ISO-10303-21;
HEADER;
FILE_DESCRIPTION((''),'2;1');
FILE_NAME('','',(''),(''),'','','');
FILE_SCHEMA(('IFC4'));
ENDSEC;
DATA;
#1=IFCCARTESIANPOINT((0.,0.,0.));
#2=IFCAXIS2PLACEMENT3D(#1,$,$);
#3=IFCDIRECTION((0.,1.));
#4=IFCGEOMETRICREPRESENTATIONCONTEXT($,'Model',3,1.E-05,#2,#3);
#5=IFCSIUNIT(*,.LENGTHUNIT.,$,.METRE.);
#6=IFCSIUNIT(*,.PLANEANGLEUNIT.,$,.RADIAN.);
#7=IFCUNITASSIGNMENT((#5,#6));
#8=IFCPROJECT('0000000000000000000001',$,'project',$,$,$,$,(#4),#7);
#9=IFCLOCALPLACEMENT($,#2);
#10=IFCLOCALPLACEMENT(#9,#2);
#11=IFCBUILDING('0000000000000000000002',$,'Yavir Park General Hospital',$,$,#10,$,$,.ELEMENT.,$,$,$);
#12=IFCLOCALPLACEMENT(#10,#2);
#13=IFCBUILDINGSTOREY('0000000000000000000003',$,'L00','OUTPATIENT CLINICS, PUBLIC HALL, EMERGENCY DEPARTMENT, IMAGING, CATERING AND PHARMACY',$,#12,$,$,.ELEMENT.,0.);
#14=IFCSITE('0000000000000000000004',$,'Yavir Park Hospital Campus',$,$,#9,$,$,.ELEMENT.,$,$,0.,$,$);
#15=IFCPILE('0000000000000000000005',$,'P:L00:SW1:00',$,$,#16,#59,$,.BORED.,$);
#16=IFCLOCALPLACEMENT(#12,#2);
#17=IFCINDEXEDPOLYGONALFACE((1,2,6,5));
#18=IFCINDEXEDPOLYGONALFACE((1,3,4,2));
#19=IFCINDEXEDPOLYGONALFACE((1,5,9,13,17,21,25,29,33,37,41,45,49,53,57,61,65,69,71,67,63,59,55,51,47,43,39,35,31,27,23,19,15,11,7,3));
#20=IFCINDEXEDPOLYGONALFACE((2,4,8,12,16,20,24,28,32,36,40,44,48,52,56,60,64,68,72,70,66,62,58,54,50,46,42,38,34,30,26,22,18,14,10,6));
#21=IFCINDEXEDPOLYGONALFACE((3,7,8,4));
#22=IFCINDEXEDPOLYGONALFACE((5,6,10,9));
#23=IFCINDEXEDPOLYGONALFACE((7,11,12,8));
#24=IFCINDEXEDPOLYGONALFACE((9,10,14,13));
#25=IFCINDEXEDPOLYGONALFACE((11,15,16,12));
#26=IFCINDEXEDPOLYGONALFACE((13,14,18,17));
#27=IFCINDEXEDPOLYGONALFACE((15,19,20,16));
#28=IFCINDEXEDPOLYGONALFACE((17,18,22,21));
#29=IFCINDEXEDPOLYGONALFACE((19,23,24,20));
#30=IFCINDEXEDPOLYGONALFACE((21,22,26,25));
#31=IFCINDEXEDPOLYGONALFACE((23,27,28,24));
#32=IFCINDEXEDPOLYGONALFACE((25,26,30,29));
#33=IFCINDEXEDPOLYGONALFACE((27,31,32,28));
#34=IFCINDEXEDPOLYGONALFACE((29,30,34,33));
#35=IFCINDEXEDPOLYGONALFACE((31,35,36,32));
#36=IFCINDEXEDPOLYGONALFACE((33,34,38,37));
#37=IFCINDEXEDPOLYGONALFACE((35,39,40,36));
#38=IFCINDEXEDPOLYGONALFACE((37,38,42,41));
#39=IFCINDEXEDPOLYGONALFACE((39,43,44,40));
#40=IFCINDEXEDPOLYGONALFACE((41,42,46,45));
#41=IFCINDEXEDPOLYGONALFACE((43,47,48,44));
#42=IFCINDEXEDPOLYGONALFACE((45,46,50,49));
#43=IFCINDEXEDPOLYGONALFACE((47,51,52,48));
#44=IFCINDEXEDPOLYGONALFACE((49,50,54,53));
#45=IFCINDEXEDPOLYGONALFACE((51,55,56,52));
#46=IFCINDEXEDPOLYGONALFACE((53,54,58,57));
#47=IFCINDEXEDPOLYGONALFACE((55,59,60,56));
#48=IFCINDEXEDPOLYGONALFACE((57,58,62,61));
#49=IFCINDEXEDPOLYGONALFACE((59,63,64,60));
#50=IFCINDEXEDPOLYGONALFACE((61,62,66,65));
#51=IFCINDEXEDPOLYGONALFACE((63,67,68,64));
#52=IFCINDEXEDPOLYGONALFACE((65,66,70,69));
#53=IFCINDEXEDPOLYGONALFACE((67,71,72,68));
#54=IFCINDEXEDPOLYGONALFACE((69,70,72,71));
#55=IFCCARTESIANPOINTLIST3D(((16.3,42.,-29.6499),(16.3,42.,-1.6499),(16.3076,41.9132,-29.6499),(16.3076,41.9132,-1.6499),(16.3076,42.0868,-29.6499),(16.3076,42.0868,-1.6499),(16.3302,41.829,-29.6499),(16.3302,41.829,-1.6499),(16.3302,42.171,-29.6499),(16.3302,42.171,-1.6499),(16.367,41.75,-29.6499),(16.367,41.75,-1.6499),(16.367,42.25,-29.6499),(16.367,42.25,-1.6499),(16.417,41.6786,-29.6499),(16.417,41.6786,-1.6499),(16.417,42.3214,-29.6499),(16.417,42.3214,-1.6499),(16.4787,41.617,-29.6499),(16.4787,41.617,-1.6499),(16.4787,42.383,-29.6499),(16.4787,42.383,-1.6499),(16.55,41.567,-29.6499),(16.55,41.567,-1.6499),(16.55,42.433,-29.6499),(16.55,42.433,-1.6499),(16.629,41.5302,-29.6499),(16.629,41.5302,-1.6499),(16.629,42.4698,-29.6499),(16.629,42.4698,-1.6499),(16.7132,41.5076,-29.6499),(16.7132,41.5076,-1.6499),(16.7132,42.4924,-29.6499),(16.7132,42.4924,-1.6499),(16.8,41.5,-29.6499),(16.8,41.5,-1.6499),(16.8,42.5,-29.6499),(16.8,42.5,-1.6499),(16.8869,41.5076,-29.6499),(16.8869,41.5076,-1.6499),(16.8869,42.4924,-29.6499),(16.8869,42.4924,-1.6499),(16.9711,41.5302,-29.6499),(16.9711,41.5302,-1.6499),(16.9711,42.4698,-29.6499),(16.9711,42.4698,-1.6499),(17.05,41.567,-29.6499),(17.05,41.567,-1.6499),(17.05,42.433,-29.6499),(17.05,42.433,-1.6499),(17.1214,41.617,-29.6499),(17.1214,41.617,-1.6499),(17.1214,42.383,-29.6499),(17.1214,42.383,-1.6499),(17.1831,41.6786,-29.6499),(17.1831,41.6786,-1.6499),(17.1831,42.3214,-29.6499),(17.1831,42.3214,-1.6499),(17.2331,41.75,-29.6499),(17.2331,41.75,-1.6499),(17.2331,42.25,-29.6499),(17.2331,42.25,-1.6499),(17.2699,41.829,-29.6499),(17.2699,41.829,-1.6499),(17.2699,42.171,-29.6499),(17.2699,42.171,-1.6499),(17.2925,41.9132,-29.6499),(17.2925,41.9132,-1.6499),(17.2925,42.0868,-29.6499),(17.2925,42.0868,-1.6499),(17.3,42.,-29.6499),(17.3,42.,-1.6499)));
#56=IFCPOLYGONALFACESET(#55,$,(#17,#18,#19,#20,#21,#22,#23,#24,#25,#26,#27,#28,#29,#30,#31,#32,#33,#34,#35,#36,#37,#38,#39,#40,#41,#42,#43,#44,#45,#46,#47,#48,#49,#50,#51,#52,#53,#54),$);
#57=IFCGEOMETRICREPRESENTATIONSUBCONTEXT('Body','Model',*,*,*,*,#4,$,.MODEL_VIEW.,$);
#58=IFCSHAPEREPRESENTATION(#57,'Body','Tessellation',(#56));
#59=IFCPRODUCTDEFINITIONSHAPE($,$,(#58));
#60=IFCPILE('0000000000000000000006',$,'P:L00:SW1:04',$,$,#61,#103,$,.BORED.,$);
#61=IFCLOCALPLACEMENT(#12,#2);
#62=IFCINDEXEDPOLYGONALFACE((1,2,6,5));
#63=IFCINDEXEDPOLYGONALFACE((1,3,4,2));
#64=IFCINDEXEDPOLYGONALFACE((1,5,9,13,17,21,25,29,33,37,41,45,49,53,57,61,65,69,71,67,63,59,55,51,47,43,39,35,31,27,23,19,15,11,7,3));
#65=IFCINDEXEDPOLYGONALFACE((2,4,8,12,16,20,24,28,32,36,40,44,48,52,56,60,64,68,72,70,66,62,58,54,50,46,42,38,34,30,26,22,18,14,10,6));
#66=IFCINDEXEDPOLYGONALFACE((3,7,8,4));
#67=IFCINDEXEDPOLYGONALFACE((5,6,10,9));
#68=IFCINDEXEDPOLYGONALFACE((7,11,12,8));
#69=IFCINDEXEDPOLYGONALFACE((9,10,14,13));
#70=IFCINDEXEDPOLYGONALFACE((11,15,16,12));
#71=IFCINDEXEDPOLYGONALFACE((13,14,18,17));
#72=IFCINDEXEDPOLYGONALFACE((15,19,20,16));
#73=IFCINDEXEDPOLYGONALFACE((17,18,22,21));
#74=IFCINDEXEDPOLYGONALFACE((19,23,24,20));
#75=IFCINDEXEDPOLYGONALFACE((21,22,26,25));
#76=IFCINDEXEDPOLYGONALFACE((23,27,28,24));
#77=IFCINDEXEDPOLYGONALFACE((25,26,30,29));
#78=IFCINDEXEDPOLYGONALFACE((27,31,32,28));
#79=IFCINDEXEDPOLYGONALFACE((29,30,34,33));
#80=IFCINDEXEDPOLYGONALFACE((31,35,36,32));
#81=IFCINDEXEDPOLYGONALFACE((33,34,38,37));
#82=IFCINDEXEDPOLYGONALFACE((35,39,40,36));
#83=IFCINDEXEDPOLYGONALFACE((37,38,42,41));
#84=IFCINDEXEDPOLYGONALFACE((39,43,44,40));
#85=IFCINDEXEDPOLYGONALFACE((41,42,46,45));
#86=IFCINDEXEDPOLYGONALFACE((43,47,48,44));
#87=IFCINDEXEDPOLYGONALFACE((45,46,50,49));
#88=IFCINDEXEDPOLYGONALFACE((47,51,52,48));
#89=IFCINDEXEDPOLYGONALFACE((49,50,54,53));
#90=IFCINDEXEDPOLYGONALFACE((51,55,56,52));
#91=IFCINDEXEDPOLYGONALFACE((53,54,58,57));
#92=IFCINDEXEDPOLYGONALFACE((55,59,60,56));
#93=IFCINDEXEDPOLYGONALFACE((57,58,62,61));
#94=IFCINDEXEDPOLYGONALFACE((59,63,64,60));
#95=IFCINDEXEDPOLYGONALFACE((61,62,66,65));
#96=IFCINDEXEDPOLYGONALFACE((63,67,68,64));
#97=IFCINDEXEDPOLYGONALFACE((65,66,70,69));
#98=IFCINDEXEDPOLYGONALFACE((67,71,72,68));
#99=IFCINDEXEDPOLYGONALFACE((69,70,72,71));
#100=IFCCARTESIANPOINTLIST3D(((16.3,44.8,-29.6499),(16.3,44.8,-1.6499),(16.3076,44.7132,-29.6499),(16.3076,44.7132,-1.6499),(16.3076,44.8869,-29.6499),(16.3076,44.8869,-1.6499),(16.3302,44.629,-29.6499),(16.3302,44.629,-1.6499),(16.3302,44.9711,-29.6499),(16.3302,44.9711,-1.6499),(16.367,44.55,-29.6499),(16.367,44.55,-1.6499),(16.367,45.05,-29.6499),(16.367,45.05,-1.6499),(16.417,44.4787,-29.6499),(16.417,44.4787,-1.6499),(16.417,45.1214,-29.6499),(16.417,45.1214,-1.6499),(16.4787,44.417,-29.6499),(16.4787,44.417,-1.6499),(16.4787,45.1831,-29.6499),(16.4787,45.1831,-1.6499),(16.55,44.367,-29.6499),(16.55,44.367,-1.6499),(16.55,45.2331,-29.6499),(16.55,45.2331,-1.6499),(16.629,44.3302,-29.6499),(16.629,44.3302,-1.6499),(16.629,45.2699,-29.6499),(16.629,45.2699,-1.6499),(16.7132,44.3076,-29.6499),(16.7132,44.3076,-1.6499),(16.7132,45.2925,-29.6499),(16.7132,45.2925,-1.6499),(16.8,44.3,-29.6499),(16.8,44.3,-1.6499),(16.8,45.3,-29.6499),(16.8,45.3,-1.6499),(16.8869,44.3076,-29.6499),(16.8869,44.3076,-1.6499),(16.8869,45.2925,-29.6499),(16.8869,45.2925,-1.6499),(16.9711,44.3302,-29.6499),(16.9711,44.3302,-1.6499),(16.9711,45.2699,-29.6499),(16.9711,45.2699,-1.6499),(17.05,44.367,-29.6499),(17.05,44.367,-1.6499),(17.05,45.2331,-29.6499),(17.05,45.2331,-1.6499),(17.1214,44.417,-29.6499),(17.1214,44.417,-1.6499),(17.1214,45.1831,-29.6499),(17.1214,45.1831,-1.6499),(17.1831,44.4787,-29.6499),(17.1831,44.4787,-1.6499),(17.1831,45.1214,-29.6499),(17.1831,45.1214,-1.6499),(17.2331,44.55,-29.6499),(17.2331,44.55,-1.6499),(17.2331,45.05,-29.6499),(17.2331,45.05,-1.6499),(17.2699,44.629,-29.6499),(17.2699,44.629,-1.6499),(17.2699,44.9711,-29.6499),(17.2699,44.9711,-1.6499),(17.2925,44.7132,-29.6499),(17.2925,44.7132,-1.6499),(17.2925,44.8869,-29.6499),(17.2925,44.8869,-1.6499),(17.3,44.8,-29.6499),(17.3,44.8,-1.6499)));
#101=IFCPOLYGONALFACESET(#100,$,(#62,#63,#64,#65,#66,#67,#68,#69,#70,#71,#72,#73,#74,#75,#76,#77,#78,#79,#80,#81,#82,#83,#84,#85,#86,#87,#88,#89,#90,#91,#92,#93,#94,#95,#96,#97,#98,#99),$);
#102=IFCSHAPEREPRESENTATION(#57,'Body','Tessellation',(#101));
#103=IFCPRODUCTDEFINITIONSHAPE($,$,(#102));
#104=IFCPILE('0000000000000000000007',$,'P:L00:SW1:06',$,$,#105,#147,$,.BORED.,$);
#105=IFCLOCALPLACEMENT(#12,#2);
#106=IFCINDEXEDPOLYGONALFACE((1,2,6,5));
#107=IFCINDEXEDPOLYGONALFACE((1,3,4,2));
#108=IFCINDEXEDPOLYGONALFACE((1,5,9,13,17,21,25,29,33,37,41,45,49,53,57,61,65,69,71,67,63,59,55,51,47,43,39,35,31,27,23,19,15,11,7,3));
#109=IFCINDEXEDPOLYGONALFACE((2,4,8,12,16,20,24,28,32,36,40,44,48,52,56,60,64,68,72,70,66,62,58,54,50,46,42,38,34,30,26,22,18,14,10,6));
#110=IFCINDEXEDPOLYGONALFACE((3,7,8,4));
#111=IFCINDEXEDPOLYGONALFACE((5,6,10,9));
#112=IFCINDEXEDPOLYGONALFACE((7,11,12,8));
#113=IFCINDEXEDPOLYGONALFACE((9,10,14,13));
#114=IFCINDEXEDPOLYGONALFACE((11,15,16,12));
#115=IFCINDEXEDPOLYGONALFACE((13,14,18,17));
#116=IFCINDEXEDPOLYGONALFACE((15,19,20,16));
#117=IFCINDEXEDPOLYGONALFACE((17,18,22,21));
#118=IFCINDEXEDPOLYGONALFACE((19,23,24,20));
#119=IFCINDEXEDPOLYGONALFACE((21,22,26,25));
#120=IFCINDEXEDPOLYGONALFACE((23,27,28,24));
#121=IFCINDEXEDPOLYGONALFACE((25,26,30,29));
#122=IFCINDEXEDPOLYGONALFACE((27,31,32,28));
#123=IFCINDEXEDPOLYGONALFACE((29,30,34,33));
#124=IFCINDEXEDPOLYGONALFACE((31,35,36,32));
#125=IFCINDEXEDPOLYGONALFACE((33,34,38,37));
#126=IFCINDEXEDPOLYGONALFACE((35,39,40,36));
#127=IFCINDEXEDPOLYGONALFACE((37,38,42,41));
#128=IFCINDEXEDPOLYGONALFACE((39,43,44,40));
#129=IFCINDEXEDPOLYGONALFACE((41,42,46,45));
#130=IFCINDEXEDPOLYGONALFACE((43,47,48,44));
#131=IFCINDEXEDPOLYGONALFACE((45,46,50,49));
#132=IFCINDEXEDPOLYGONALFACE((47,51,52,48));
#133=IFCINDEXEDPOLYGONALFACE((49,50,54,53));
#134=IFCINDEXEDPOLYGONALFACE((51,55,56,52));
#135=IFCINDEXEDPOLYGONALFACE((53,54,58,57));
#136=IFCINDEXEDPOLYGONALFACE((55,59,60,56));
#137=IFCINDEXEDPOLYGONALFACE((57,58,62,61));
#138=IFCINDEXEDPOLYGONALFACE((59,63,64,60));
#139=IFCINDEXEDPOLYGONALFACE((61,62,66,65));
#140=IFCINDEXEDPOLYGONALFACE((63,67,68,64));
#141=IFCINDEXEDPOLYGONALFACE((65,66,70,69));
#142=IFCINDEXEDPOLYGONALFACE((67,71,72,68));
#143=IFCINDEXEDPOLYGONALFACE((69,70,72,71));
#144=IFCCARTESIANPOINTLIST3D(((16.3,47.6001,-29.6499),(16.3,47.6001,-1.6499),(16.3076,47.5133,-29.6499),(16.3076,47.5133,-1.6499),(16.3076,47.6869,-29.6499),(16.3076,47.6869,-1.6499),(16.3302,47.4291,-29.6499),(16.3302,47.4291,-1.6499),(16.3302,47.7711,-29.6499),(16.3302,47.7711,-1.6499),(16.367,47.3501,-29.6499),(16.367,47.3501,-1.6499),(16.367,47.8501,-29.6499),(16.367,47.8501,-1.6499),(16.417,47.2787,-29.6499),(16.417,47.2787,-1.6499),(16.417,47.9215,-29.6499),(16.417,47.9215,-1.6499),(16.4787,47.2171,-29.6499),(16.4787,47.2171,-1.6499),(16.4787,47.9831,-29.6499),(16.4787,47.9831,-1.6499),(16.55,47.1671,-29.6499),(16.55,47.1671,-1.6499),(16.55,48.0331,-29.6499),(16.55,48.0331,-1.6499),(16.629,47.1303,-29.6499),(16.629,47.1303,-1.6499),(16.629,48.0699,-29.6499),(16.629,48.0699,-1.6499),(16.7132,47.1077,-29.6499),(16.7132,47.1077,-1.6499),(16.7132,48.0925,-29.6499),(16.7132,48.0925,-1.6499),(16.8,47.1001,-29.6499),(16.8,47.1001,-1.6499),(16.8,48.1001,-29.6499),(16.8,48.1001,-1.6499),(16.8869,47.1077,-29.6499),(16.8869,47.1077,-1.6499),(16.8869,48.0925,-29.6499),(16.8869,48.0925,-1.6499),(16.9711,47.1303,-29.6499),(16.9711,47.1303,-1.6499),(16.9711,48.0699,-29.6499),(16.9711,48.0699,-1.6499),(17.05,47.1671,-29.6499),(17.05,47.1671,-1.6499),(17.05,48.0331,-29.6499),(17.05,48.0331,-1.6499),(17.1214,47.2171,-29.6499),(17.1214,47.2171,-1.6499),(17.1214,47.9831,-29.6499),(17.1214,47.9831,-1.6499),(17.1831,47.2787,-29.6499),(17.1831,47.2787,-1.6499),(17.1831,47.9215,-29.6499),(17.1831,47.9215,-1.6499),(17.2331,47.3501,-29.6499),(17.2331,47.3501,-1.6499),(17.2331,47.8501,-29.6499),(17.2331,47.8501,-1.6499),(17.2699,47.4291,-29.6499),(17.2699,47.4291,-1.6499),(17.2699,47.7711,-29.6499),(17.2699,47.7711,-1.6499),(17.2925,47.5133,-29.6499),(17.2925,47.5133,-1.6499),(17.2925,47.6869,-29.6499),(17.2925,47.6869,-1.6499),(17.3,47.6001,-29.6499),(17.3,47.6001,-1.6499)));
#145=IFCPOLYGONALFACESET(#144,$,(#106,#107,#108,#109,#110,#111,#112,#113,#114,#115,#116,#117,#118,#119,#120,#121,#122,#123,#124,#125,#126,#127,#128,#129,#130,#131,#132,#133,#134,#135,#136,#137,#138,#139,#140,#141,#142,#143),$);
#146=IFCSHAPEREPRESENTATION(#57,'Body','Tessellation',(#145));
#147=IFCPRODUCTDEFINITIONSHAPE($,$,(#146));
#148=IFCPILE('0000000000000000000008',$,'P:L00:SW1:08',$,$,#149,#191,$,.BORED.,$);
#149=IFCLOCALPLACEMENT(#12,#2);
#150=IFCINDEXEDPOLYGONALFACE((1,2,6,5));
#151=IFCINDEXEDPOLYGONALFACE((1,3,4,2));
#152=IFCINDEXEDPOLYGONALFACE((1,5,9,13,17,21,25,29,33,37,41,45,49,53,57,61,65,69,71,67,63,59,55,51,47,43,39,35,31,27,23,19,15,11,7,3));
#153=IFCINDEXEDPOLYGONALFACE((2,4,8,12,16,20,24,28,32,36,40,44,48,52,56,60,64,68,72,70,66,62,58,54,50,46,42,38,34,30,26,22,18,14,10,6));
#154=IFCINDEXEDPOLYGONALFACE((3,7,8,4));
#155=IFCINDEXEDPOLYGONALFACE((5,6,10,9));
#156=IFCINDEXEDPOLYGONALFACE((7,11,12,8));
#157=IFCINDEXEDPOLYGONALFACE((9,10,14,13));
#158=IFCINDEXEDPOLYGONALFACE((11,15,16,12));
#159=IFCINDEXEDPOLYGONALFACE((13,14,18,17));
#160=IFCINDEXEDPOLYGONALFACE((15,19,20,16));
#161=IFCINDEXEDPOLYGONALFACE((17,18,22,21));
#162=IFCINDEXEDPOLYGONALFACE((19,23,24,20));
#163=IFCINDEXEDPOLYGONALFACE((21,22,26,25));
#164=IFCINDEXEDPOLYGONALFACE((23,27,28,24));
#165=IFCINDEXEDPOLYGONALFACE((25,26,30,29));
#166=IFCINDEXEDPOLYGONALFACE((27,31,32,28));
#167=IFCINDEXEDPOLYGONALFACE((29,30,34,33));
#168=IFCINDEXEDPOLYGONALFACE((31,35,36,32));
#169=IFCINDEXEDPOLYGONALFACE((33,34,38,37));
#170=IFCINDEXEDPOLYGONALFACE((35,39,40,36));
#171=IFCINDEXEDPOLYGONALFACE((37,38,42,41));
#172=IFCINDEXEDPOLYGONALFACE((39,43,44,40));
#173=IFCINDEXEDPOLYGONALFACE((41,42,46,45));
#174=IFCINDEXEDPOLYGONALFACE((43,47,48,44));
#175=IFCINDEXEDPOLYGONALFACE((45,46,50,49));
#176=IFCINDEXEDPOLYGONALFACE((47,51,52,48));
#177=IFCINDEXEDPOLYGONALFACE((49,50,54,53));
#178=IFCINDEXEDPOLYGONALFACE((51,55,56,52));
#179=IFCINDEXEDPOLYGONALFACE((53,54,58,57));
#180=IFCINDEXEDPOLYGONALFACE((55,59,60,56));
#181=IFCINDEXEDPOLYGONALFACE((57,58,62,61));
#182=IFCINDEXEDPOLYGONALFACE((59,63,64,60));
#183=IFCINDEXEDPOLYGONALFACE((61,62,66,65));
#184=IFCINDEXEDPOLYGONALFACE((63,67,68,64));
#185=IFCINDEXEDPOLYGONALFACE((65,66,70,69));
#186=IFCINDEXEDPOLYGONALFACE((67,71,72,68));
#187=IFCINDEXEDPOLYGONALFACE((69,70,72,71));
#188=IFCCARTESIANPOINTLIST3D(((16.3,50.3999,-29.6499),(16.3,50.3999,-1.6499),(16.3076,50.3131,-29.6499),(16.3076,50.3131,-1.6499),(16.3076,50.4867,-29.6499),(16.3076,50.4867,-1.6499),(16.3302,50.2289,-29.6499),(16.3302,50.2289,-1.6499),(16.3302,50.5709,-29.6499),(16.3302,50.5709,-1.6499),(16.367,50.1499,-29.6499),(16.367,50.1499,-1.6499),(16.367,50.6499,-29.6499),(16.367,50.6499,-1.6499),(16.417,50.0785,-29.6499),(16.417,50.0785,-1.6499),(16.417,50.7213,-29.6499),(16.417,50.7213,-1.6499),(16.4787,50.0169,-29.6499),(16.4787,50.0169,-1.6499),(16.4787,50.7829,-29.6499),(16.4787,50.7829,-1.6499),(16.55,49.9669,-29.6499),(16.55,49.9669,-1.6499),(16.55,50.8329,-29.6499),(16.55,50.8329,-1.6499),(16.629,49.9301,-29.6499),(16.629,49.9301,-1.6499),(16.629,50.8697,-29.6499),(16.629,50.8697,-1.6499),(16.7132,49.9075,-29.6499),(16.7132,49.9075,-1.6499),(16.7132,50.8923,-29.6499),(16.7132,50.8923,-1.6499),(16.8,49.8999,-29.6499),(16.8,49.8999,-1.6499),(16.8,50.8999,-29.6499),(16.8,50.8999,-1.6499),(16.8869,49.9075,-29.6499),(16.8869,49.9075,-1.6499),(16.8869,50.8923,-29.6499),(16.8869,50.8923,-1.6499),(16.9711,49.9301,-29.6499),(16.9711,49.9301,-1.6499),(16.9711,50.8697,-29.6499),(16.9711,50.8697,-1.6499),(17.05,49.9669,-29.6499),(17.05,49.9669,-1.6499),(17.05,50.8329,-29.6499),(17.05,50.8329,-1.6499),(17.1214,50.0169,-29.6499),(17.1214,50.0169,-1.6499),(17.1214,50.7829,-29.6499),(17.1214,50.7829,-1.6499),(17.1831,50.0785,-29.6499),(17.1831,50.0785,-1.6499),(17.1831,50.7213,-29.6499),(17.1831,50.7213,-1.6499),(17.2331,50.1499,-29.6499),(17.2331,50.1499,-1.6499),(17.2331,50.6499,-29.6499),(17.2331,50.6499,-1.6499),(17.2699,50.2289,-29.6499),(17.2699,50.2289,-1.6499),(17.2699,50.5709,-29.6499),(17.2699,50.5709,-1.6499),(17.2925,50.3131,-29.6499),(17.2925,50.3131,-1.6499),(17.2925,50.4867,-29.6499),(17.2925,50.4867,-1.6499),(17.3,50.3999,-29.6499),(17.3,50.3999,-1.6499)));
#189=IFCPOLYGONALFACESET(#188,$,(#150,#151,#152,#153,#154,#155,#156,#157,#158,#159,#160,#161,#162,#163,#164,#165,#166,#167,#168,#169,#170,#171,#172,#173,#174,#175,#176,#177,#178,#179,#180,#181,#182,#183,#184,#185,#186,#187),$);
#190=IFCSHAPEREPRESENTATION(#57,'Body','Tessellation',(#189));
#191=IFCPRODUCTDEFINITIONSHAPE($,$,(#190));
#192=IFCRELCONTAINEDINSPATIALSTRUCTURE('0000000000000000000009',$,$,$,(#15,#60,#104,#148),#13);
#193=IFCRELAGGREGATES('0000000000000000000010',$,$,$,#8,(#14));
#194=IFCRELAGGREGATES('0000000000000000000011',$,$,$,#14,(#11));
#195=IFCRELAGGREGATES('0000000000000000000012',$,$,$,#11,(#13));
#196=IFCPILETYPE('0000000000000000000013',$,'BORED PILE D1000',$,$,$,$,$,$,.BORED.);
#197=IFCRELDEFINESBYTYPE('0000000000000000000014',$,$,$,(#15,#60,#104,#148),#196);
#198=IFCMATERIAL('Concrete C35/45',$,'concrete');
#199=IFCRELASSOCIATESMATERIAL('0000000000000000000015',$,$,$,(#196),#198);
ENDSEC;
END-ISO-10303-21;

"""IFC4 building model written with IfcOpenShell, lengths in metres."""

from ifc_helpers import new_model, si_unit, direction, frame, origin, origin_2d, place, context, subcontext, project, spatial, circle, extrude, material, material_profile, profile_set, type_object, element, save


model = new_model("IFC4")

# Units and contexts
model_context = context("Model", 3, precision=1e-05, world=origin(), true_north=direction((0.0, 1.0)))
body_context = subcontext(model_context, "Body", "Model", "MODEL_VIEW")
ifc_project = project(units=[si_unit("LENGTHUNIT", "METRE"), si_unit("PLANEANGLEUNIT", "RADIAN")], contexts=[model_context])

# Site, building, storey
site_placement = place(None, origin())
site = spatial("IfcSite", under=ifc_project, at=site_placement, Name="Yavir Park Hospital Campus", CompositionType="ELEMENT", RefElevation=0.0)
building_placement = place(site_placement, origin())
building = spatial("IfcBuilding", under=site, at=building_placement, Name="Yavir Park General Hospital", CompositionType="ELEMENT")
storey_placement = place(building_placement, origin())
storey = spatial("IfcBuildingStorey", under=building, at=storey_placement, Name="L00", Description="OUTPATIENT CLINICS, PUBLIC HALL, EMERGENCY DEPARTMENT, IMAGING, CATERING AND PHARMACY", CompositionType="ELEMENT", Elevation=0.0)

# Piles
ifc_material_1 = material(Name="Concrete C35/45", Category="concrete")
ifc_material_profile_1 = material_profile(ifc_material_1, circle(Radius=0.5, at=origin_2d()), Name="D1000")
ifc_profile_set_1 = profile_set([ifc_material_profile_1], Name="Concrete C35/45")
pile_type_1 = type_object("IfcPileType", Name="BORED PILE D1000", PredefinedType="BORED", material=ifc_profile_set_1)
for number, where, z_axis, x_axis, name in (
    (1, (16.8, 42.0, -1.6499), (0.0, 0.0, -1.0), (1.0, 0.0, 0.0), "P:L00:SW1:00"),
    (2, (16.8, 44.8, -1.6499), (0.0, 0.0, -1.0), (1.0, 0.0, 0.0), "P:L00:SW1:04"),
    (3, (16.8, 47.6001, -1.6499), (0.0, 0.0, -1.0), (1.0, 0.0, 0.0), "P:L00:SW1:06"),
    (4, (16.8, 50.3999, -1.6499), (0.0, 0.0, -1.0), (1.0, 0.0, 0.0), "P:L00:SW1:08"),
):
    element("IfcPile", number, at=place(storey_placement, frame(where, z_axis=z_axis, x_axis=x_axis)), inside=storey, type_object=pile_type_1, Name=name, PredefinedType="BORED", context=body_context, shape_type="SweptSolid", body=[
        extrude(circle(Radius=0.5, at=origin_2d()), origin(), (0.0, 0.0, 1.0), 28.0),
    ])

save(model, "model.ifc")
